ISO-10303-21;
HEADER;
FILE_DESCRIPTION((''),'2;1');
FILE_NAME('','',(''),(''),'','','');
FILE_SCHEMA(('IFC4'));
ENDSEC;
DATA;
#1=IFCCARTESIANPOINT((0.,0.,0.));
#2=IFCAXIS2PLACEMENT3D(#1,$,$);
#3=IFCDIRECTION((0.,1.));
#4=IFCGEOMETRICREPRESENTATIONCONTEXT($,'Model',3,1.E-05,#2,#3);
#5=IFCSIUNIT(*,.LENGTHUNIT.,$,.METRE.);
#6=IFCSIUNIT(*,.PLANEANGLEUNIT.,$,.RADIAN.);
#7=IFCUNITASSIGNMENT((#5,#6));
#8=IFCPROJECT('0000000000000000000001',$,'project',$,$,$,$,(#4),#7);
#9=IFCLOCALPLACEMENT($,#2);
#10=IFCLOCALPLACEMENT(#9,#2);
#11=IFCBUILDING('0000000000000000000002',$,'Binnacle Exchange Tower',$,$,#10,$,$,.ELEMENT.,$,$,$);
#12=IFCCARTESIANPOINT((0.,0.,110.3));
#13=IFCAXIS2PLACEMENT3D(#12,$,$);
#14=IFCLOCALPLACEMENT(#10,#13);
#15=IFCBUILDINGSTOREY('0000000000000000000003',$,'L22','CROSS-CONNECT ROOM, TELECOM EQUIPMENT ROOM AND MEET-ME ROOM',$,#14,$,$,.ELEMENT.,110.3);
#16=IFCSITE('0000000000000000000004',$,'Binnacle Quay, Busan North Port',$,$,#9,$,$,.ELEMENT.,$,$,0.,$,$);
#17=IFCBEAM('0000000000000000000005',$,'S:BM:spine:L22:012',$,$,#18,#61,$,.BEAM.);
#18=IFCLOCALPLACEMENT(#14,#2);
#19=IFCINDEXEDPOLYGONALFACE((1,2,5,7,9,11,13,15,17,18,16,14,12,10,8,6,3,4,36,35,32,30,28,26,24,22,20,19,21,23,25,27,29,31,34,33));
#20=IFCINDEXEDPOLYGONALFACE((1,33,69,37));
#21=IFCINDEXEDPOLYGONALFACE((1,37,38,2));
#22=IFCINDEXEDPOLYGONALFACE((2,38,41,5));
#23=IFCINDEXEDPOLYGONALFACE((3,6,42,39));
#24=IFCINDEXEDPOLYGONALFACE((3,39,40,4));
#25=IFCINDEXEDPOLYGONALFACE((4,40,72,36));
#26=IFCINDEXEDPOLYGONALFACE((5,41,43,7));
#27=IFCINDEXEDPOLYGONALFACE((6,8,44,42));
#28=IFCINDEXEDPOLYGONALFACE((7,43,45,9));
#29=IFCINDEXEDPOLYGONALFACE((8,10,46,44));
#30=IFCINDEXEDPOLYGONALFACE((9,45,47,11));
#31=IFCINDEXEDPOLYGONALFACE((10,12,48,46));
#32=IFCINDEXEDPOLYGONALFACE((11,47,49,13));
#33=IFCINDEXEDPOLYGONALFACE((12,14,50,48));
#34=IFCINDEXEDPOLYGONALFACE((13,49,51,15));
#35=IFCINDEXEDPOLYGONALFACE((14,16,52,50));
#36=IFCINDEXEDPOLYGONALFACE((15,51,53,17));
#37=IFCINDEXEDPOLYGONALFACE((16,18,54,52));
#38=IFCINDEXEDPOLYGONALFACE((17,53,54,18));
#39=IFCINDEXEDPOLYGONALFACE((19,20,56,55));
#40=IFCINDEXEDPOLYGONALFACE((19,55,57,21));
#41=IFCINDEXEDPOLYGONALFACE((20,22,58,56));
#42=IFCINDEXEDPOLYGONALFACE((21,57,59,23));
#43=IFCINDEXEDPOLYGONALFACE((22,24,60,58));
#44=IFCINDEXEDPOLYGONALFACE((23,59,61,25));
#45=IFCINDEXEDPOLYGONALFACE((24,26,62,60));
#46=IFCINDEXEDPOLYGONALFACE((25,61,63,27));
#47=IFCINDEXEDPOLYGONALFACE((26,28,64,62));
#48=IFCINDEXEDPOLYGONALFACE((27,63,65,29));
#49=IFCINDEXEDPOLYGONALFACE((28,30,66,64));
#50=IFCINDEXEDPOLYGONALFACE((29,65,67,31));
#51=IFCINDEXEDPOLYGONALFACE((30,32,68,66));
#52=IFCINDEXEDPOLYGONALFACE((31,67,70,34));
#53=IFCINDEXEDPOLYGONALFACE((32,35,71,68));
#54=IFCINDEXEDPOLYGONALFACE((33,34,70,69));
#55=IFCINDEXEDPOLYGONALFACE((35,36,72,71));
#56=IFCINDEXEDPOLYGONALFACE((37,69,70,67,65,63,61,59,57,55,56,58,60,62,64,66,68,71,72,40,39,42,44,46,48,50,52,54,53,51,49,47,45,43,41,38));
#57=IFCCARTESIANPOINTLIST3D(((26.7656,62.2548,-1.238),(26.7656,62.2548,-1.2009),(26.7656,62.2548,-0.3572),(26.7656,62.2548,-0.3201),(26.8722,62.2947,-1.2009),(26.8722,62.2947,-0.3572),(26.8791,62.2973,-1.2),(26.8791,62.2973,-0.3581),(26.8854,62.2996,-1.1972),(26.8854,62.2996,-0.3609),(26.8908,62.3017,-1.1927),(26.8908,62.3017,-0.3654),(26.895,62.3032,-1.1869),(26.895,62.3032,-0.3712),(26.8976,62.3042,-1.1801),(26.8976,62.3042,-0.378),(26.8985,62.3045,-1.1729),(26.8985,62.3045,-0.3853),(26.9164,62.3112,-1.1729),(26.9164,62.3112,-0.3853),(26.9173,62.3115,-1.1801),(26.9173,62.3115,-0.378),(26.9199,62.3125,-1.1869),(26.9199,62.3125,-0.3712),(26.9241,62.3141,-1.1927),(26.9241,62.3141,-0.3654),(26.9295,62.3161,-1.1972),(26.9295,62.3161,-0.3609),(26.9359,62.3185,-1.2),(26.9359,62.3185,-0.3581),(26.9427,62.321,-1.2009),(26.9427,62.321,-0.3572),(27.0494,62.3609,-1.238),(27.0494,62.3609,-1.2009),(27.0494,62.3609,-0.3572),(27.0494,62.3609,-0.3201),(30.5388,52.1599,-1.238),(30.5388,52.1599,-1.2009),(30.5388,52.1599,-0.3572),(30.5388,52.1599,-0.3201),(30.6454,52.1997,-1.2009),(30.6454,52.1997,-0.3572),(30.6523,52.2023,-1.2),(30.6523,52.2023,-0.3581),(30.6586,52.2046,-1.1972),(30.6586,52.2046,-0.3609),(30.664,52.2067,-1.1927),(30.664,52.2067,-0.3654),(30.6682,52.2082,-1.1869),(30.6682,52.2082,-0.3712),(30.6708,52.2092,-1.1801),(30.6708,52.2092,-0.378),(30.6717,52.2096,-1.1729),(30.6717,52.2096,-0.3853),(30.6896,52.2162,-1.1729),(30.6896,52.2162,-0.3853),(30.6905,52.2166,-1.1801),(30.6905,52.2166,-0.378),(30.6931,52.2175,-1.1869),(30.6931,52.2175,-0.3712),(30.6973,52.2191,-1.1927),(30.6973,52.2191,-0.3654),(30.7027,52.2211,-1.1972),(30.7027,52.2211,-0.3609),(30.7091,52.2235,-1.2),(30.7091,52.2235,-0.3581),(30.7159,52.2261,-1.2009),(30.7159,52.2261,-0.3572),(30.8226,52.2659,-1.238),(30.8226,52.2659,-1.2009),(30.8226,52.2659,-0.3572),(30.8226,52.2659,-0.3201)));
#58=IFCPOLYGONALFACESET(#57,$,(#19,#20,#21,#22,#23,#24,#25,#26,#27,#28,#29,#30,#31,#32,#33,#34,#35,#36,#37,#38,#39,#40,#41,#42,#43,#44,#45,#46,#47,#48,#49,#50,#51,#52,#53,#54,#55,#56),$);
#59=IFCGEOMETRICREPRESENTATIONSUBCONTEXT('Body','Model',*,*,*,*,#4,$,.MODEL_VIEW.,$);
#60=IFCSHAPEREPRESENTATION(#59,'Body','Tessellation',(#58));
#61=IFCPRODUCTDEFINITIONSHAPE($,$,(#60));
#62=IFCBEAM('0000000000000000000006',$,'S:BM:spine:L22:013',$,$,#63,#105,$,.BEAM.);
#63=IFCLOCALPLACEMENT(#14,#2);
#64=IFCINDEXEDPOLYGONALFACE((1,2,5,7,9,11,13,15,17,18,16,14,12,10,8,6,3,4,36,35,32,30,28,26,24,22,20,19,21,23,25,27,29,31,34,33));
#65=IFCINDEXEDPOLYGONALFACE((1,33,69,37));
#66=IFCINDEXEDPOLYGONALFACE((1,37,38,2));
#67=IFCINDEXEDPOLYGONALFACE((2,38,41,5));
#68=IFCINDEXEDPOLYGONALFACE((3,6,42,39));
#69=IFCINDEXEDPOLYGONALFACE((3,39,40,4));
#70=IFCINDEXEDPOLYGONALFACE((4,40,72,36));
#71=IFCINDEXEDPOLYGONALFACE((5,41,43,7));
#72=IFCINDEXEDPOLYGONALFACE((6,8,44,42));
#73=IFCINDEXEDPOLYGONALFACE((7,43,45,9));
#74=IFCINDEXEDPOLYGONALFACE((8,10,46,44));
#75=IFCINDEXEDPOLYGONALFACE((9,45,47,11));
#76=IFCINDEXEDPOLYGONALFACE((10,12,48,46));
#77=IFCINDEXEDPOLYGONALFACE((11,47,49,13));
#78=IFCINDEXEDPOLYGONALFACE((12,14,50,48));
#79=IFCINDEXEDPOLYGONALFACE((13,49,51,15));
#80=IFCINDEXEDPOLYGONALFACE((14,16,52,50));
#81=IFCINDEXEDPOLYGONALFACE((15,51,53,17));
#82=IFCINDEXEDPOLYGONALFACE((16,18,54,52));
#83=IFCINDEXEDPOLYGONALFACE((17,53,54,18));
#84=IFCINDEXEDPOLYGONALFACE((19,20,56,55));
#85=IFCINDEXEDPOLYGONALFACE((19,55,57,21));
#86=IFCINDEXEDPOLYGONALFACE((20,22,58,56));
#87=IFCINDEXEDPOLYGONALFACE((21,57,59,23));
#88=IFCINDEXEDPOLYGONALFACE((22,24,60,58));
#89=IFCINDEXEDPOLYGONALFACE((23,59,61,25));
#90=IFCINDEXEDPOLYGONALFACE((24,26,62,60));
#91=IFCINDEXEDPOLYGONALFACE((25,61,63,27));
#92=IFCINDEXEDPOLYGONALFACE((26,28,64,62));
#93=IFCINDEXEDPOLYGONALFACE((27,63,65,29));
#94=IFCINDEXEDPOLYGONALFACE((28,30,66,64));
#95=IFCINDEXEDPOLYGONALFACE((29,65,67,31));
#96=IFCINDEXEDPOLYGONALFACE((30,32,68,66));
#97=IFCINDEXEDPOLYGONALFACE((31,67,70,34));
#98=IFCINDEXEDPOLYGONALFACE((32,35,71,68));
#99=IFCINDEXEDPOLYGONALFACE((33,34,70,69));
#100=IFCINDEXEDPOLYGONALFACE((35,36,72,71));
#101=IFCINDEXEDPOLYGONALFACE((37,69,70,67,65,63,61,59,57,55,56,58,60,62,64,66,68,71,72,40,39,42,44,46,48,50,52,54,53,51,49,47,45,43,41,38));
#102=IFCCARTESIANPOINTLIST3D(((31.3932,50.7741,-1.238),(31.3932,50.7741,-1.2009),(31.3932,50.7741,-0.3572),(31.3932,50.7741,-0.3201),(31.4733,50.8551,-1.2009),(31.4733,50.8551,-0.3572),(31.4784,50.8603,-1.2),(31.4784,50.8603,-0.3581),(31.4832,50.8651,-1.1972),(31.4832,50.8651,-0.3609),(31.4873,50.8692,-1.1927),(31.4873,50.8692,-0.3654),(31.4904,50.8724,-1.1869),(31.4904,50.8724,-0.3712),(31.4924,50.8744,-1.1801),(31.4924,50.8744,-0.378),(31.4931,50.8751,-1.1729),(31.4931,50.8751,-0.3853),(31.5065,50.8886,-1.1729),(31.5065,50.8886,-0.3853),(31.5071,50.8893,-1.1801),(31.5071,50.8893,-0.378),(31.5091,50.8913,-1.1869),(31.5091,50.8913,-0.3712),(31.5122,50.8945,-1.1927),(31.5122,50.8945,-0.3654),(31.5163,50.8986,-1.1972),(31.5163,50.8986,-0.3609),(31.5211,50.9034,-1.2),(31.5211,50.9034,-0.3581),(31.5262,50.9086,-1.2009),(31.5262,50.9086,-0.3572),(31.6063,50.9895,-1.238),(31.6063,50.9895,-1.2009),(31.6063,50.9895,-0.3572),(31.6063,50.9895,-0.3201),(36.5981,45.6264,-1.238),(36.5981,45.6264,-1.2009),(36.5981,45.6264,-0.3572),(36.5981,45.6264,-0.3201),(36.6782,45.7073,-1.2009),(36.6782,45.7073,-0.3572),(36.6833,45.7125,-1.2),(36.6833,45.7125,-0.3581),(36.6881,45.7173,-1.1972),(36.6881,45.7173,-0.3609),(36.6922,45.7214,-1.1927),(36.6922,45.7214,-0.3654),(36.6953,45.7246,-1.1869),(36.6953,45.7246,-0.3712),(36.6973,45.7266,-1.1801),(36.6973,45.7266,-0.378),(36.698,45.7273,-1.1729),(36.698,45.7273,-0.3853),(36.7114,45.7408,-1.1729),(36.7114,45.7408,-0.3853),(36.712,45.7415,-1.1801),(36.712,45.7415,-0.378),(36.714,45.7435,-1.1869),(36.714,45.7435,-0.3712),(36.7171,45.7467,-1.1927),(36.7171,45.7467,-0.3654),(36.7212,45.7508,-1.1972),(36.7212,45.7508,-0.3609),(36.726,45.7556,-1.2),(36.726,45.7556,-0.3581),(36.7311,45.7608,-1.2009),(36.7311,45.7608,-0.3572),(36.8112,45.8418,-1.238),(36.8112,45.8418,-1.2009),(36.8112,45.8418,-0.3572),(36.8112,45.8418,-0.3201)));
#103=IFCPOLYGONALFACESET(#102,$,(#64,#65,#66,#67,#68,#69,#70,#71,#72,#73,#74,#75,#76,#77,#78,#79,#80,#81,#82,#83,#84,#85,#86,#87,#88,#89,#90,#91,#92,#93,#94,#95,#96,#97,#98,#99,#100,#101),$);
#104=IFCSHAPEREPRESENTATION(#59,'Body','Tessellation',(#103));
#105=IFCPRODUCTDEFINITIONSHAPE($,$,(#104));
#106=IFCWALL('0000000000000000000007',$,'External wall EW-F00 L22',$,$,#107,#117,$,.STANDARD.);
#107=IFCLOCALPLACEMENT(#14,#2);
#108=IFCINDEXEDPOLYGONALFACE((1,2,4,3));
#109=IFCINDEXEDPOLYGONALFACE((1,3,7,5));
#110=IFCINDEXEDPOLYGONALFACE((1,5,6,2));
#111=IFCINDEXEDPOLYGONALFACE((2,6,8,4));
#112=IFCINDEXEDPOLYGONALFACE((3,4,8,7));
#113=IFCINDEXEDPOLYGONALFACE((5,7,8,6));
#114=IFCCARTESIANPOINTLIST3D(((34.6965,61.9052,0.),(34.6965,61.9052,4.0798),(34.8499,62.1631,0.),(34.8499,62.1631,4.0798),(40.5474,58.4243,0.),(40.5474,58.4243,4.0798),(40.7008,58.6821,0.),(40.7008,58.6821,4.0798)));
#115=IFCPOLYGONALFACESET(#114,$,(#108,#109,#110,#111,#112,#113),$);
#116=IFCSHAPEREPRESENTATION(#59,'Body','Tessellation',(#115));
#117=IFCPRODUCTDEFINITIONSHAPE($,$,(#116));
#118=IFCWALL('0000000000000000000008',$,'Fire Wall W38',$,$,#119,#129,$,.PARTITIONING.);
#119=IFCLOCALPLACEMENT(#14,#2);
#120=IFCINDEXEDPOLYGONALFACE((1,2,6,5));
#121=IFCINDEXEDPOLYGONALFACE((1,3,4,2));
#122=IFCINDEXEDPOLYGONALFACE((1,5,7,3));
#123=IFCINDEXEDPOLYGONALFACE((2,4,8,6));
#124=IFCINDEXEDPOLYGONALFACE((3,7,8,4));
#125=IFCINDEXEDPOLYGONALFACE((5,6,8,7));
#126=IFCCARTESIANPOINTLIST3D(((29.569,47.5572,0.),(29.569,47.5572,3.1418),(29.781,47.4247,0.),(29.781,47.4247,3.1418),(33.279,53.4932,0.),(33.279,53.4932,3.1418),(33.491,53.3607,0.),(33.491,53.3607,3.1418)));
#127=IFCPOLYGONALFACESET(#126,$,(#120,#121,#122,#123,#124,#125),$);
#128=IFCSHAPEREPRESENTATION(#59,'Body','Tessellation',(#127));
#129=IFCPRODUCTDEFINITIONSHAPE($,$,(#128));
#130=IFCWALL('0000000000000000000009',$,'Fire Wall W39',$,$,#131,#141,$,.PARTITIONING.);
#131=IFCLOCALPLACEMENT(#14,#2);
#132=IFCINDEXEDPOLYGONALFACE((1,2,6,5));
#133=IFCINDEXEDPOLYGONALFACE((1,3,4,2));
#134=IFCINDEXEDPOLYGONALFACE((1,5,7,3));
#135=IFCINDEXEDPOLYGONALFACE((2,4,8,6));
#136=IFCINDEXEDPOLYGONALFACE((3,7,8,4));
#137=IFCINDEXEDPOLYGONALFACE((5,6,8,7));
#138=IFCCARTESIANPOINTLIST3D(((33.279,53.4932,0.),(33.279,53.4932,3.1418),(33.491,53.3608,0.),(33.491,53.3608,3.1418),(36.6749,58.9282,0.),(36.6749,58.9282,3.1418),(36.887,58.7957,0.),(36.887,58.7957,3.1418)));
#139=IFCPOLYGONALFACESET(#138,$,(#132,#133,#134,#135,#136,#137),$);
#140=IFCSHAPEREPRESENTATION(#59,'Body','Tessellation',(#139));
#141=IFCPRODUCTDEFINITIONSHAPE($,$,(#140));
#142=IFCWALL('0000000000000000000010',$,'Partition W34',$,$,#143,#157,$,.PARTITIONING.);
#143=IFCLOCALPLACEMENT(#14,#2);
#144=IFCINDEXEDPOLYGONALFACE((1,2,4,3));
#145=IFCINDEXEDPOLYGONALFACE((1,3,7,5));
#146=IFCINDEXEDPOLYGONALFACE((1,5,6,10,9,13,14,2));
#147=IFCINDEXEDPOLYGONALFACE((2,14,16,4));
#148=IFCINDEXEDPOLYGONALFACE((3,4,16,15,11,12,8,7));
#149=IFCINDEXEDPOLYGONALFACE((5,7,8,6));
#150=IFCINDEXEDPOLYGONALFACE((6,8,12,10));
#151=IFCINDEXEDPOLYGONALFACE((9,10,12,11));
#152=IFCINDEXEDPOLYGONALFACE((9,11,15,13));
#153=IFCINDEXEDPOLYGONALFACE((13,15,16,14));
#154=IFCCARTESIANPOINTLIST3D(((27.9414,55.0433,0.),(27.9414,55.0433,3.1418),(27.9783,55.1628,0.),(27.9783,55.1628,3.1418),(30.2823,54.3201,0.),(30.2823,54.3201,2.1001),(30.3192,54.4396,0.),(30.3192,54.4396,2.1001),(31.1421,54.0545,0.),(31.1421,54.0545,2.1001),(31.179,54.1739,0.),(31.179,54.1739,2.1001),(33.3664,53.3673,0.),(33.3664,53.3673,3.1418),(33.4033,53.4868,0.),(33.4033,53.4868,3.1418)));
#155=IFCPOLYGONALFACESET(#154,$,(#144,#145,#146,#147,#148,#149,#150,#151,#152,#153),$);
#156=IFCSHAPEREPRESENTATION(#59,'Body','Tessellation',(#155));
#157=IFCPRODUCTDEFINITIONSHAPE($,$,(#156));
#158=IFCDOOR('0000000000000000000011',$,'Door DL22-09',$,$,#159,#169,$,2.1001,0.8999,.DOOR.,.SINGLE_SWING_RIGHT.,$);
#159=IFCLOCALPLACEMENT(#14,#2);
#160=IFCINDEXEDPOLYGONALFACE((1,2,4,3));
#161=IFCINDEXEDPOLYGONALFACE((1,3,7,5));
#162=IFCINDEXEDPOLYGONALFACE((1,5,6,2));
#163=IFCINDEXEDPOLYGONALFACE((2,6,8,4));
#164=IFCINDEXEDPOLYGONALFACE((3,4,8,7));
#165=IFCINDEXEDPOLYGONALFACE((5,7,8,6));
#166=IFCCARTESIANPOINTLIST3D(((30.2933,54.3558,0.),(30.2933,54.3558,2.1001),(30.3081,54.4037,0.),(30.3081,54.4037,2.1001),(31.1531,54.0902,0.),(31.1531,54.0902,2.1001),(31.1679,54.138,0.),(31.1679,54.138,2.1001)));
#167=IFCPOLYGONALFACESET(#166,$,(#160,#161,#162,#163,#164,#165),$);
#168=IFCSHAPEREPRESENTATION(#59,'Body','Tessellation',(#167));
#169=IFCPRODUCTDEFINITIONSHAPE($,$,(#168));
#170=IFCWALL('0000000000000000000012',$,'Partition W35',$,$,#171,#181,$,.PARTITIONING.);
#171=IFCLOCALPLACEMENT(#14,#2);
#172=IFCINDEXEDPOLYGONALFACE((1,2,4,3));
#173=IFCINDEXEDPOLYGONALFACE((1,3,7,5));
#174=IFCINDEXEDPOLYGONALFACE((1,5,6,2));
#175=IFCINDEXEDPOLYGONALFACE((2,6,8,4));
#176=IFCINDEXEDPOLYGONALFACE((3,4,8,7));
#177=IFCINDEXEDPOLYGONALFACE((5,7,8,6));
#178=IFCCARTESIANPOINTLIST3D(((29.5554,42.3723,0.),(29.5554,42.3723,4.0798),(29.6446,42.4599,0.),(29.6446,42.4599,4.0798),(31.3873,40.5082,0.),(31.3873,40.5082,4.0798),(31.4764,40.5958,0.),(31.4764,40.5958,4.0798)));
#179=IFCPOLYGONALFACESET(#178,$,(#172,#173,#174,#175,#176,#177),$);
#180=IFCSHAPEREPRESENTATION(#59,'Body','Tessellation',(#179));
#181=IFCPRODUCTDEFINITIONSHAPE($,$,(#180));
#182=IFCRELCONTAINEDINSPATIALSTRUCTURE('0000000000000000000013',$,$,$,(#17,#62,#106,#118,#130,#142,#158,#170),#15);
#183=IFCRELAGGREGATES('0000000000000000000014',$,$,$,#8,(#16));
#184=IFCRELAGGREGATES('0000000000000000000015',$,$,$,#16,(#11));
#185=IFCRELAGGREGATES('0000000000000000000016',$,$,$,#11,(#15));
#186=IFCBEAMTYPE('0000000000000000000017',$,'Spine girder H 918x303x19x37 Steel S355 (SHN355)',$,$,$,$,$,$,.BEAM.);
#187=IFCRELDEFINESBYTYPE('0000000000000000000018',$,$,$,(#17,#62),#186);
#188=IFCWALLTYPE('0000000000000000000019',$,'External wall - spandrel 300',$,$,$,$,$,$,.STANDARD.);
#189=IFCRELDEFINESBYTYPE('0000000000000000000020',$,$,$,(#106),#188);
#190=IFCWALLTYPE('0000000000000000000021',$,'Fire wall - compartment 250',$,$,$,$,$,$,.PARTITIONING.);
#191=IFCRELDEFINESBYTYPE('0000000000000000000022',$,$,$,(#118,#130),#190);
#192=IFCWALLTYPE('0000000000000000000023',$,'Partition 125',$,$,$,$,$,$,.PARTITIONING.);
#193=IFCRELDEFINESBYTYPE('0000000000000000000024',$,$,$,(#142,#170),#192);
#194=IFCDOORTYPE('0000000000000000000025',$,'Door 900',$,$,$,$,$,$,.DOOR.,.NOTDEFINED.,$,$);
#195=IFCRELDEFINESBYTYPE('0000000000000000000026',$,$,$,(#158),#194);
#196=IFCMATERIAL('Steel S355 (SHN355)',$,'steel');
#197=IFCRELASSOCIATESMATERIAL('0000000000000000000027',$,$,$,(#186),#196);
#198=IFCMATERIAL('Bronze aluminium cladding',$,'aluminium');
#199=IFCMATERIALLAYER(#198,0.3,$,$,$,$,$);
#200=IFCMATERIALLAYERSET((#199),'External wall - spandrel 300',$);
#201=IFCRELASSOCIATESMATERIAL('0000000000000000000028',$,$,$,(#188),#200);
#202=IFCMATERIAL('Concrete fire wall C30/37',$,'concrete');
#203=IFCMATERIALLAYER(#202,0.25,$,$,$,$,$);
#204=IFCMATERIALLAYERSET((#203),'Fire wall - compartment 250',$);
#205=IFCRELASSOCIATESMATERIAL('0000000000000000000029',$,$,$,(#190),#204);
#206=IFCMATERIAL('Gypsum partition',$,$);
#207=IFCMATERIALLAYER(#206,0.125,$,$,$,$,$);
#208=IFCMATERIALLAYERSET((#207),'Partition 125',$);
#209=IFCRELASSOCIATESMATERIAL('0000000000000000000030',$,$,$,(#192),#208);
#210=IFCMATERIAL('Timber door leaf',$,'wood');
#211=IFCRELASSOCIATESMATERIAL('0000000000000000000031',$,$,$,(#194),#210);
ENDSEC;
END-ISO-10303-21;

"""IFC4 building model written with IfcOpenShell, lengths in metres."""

from ifc_helpers import new_model, si_unit, direction, frame, frame_2d, origin, origin_2d, place, context, subcontext, project, spatial, rectangle, i_section, extrude, material, layer, layer_set, material_profile, profile_set, type_object, element, fill, save


model = new_model("IFC4")

# Units and contexts
model_context = context("Model", 3, precision=1e-05, world=origin(), true_north=direction((0.0, 1.0)))
body_context = subcontext(model_context, "Body", "Model", "MODEL_VIEW")
ifc_project = project(units=[si_unit("LENGTHUNIT", "METRE"), si_unit("PLANEANGLEUNIT", "RADIAN")], contexts=[model_context])

# Site, building, storey
site_placement = place(None, origin())
site = spatial("IfcSite", under=ifc_project, at=site_placement, Name="Binnacle Quay, Busan North Port", CompositionType="ELEMENT", RefElevation=0.0)
building_placement = place(site_placement, origin())
building = spatial("IfcBuilding", under=site, at=building_placement, Name="Binnacle Exchange Tower", CompositionType="ELEMENT")
storey_placement = place(building_placement, frame((0.0, 0.0, 110.3)))
storey = spatial("IfcBuildingStorey", under=building, at=storey_placement, Name="L22", Description="CROSS-CONNECT ROOM, TELECOM EQUIPMENT ROOM AND MEET-ME ROOM", CompositionType="ELEMENT", Elevation=110.3)

# Beams
ifc_material_1 = material(Name="Steel S355 (SHN355)", Category="steel")
ifc_material_profile_1 = material_profile(ifc_material_1, i_section(OverallWidth=0.303, OverallDepth=0.918, WebThickness=0.019, FlangeThickness=0.0371, FilletRadius=0.0281, at=origin_2d()), Name="H 918x303x19x37")
ifc_profile_set_1 = profile_set([ifc_material_profile_1], Name="Steel S355 (SHN355)")
beam_type_1 = type_object("IfcBeamType", Name="Spine girder H 918x303x19x37 Steel S355 (SHN355)", PredefinedType="BEAM", material=ifc_profile_set_1)
beam_1_placement = place(storey_placement, frame((30.6807, 52.2129, -0.7791), z_axis=(-0.350113, 0.936708, 0.0), x_axis=(-0.936708, -0.350113, 0.0)))
element("IfcBeam", 1, at=beam_1_placement, inside=storey, type_object=beam_type_1, Name="S:BM:spine:L22:012", PredefinedType="BEAM", context=body_context, shape_type="SweptSolid", body=[
    extrude(i_section(OverallWidth=0.303, OverallDepth=0.918, WebThickness=0.019, FlangeThickness=0.0371, FilletRadius=0.0281, at=origin_2d()), origin(), (0.0, 0.0, 1.0), 10.7771),
])
beam_2_placement = place(storey_placement, frame((31.4998, 50.8818, -0.7791), z_axis=(0.710998, -0.703194, 0.0), x_axis=(0.703194, 0.710998, 0.0)))
element("IfcBeam", 2, at=beam_2_placement, inside=storey, type_object=beam_type_1, Name="S:BM:spine:L22:013", PredefinedType="BEAM", context=body_context, shape_type="SweptSolid", body=[
    extrude(i_section(OverallWidth=0.303, OverallDepth=0.918, WebThickness=0.019, FlangeThickness=0.0371, FilletRadius=0.0281, at=origin_2d()), origin(), (0.0, 0.0, 1.0), 7.3206),
])

# Walls
ifc_material_2 = material(Name="Bronze aluminium cladding", Category="aluminium")
ifc_layer_1 = layer(ifc_material_2, 0.3)
ifc_layer_set_1 = layer_set([ifc_layer_1], Name="External wall - spandrel 300")
wall_type_1 = type_object("IfcWallType", Name="External wall - spandrel 300", PredefinedType="STANDARD", material=ifc_layer_set_1)
wall_1_placement = place(storey_placement, frame((34.7732, 62.0342, 0.0), z_axis=(0.0, 0.0, 1.0), x_axis=(0.859401, -0.511302, 0.0)))
element("IfcWall", 3, at=wall_1_placement, inside=storey, type_object=wall_type_1, Name="External wall EW-F00 L22", PredefinedType="STANDARD", context=body_context, shape_type="SweptSolid", body=[
    extrude(rectangle(XDim=6.8081, YDim=0.3, at=frame_2d((3.4041, 0.0))), origin(), (0.0, 0.0, 1.0), 4.0798),
])
ifc_material_3 = material(Name="Concrete fire wall C30/37", Category="concrete")
ifc_layer_2 = layer(ifc_material_3, 0.25)
ifc_layer_set_2 = layer_set([ifc_layer_2], Name="Fire wall - compartment 250")
wall_type_2 = type_object("IfcWallType", Name="Fire wall - compartment 250", PredefinedType="PARTITIONING", material=ifc_layer_set_2)
wall_2_placement = place(storey_placement, frame((29.675, 47.491, 0.0), z_axis=(0.0, 0.0, 1.0), x_axis=(0.529993, 0.848002, 0.0)))
element("IfcWall", 4, at=wall_2_placement, inside=storey, type_object=wall_type_2, Name="Fire Wall W38", PredefinedType="PARTITIONING", context=body_context, shape_type="SweptSolid", body=[
    extrude(rectangle(XDim=7.0, YDim=0.25, at=frame_2d((3.5, 0.0))), origin(), (0.0, 0.0, 1.0), 3.1418),
])
wall_3_placement = place(storey_placement, frame((33.385, 53.427, 0.0), z_axis=(0.0, 0.0, 1.0), x_axis=(0.529896, 0.848063, 0.0)))
element("IfcWall", 5, at=wall_3_placement, inside=storey, type_object=wall_type_2, Name="Fire Wall W39", PredefinedType="PARTITIONING", context=body_context, shape_type="SweptSolid", body=[
    extrude(rectangle(XDim=6.4087, YDim=0.25, at=frame_2d((3.2043, 0.0))), origin(), (0.0, 0.0, 1.0), 3.1418),
])

# Wall, opening, door
ifc_material_4 = material(Name="Gypsum partition")
ifc_layer_3 = layer(ifc_material_4, 0.125)
ifc_layer_set_3 = layer_set([ifc_layer_3], Name="Partition 125")
wall_type_3 = type_object("IfcWallType", Name="Partition 125", PredefinedType="PARTITIONING", material=ifc_layer_set_3)
wall_4_placement = place(storey_placement, frame((27.96, 55.103, 0.0), z_axis=(0.0, 0.0, 1.0), x_axis=(0.955443, -0.295176, 0.0)))
wall_4 = element("IfcWall", 6, at=wall_4_placement, inside=storey, type_object=wall_type_3, Name="Partition W34", PredefinedType="PARTITIONING", context=body_context, shape_type="SweptSolid", body=[
    extrude(rectangle(XDim=5.678, YDim=0.125, at=frame_2d((2.8389, 0.0))), origin(), (0.0, 0.0, 1.0), 3.1418),
])
opening_1_placement = place(wall_4_placement, frame((2.45, 0.0, 0.0)))
opening_1 = element("IfcOpeningElement", 7, at=opening_1_placement, cuts=wall_4, PredefinedType="OPENING", context=body_context, shape_type="SweptSolid", body=[
    extrude(rectangle(XDim=0.8999, YDim=2.1001, at=frame_2d((0.45, 1.05))), frame((0.0, 0.0725, 0.0), z_axis=(0.0, -1.0, 0.0), x_axis=(1.0, 0.0, 0.0)), (0.0, 0.0, 1.0), 0.145),
])
ifc_material_5 = material(Name="Timber door leaf", Category="wood")
door_type = type_object("IfcDoorType", Name="Door 900", OperationType="NOTDEFINED", PredefinedType="DOOR", material=ifc_material_5)
door_1_placement = place(opening_1_placement, origin())
door_1 = element("IfcDoor", 8, at=door_1_placement, inside=storey, type_object=door_type, Name="Door DL22-09", OperationType="SINGLE_SWING_RIGHT", OverallHeight=2.1001, OverallWidth=0.8999, PredefinedType="DOOR", context=body_context, shape_type="SweptSolid", body=[
    extrude(rectangle(XDim=0.8999, YDim=2.1001, at=frame_2d((0.45, 1.05))), frame((0.0, 0.0249, 0.0), z_axis=(0.0, -1.0, 0.0), x_axis=(1.0, 0.0, 0.0)), (0.0, 0.0, 1.0), 0.05),
])
fill(opening_1, door_1)

# Wall
wall_5_placement = place(storey_placement, frame((29.6001, 42.416, 0.0), z_axis=(0.0, 0.0, 1.0), x_axis=(0.700914, -0.713245, 0.0)))
element("IfcWall", 9, at=wall_5_placement, inside=storey, type_object=wall_type_3, Name="Partition W35", PredefinedType="PARTITIONING", context=body_context, shape_type="SweptSolid", body=[
    extrude(rectangle(XDim=2.6135, YDim=0.125, at=frame_2d((1.3066, 0.0))), origin(), (0.0, 0.0, 1.0), 4.0798),
])

save(model, "model.ifc")
